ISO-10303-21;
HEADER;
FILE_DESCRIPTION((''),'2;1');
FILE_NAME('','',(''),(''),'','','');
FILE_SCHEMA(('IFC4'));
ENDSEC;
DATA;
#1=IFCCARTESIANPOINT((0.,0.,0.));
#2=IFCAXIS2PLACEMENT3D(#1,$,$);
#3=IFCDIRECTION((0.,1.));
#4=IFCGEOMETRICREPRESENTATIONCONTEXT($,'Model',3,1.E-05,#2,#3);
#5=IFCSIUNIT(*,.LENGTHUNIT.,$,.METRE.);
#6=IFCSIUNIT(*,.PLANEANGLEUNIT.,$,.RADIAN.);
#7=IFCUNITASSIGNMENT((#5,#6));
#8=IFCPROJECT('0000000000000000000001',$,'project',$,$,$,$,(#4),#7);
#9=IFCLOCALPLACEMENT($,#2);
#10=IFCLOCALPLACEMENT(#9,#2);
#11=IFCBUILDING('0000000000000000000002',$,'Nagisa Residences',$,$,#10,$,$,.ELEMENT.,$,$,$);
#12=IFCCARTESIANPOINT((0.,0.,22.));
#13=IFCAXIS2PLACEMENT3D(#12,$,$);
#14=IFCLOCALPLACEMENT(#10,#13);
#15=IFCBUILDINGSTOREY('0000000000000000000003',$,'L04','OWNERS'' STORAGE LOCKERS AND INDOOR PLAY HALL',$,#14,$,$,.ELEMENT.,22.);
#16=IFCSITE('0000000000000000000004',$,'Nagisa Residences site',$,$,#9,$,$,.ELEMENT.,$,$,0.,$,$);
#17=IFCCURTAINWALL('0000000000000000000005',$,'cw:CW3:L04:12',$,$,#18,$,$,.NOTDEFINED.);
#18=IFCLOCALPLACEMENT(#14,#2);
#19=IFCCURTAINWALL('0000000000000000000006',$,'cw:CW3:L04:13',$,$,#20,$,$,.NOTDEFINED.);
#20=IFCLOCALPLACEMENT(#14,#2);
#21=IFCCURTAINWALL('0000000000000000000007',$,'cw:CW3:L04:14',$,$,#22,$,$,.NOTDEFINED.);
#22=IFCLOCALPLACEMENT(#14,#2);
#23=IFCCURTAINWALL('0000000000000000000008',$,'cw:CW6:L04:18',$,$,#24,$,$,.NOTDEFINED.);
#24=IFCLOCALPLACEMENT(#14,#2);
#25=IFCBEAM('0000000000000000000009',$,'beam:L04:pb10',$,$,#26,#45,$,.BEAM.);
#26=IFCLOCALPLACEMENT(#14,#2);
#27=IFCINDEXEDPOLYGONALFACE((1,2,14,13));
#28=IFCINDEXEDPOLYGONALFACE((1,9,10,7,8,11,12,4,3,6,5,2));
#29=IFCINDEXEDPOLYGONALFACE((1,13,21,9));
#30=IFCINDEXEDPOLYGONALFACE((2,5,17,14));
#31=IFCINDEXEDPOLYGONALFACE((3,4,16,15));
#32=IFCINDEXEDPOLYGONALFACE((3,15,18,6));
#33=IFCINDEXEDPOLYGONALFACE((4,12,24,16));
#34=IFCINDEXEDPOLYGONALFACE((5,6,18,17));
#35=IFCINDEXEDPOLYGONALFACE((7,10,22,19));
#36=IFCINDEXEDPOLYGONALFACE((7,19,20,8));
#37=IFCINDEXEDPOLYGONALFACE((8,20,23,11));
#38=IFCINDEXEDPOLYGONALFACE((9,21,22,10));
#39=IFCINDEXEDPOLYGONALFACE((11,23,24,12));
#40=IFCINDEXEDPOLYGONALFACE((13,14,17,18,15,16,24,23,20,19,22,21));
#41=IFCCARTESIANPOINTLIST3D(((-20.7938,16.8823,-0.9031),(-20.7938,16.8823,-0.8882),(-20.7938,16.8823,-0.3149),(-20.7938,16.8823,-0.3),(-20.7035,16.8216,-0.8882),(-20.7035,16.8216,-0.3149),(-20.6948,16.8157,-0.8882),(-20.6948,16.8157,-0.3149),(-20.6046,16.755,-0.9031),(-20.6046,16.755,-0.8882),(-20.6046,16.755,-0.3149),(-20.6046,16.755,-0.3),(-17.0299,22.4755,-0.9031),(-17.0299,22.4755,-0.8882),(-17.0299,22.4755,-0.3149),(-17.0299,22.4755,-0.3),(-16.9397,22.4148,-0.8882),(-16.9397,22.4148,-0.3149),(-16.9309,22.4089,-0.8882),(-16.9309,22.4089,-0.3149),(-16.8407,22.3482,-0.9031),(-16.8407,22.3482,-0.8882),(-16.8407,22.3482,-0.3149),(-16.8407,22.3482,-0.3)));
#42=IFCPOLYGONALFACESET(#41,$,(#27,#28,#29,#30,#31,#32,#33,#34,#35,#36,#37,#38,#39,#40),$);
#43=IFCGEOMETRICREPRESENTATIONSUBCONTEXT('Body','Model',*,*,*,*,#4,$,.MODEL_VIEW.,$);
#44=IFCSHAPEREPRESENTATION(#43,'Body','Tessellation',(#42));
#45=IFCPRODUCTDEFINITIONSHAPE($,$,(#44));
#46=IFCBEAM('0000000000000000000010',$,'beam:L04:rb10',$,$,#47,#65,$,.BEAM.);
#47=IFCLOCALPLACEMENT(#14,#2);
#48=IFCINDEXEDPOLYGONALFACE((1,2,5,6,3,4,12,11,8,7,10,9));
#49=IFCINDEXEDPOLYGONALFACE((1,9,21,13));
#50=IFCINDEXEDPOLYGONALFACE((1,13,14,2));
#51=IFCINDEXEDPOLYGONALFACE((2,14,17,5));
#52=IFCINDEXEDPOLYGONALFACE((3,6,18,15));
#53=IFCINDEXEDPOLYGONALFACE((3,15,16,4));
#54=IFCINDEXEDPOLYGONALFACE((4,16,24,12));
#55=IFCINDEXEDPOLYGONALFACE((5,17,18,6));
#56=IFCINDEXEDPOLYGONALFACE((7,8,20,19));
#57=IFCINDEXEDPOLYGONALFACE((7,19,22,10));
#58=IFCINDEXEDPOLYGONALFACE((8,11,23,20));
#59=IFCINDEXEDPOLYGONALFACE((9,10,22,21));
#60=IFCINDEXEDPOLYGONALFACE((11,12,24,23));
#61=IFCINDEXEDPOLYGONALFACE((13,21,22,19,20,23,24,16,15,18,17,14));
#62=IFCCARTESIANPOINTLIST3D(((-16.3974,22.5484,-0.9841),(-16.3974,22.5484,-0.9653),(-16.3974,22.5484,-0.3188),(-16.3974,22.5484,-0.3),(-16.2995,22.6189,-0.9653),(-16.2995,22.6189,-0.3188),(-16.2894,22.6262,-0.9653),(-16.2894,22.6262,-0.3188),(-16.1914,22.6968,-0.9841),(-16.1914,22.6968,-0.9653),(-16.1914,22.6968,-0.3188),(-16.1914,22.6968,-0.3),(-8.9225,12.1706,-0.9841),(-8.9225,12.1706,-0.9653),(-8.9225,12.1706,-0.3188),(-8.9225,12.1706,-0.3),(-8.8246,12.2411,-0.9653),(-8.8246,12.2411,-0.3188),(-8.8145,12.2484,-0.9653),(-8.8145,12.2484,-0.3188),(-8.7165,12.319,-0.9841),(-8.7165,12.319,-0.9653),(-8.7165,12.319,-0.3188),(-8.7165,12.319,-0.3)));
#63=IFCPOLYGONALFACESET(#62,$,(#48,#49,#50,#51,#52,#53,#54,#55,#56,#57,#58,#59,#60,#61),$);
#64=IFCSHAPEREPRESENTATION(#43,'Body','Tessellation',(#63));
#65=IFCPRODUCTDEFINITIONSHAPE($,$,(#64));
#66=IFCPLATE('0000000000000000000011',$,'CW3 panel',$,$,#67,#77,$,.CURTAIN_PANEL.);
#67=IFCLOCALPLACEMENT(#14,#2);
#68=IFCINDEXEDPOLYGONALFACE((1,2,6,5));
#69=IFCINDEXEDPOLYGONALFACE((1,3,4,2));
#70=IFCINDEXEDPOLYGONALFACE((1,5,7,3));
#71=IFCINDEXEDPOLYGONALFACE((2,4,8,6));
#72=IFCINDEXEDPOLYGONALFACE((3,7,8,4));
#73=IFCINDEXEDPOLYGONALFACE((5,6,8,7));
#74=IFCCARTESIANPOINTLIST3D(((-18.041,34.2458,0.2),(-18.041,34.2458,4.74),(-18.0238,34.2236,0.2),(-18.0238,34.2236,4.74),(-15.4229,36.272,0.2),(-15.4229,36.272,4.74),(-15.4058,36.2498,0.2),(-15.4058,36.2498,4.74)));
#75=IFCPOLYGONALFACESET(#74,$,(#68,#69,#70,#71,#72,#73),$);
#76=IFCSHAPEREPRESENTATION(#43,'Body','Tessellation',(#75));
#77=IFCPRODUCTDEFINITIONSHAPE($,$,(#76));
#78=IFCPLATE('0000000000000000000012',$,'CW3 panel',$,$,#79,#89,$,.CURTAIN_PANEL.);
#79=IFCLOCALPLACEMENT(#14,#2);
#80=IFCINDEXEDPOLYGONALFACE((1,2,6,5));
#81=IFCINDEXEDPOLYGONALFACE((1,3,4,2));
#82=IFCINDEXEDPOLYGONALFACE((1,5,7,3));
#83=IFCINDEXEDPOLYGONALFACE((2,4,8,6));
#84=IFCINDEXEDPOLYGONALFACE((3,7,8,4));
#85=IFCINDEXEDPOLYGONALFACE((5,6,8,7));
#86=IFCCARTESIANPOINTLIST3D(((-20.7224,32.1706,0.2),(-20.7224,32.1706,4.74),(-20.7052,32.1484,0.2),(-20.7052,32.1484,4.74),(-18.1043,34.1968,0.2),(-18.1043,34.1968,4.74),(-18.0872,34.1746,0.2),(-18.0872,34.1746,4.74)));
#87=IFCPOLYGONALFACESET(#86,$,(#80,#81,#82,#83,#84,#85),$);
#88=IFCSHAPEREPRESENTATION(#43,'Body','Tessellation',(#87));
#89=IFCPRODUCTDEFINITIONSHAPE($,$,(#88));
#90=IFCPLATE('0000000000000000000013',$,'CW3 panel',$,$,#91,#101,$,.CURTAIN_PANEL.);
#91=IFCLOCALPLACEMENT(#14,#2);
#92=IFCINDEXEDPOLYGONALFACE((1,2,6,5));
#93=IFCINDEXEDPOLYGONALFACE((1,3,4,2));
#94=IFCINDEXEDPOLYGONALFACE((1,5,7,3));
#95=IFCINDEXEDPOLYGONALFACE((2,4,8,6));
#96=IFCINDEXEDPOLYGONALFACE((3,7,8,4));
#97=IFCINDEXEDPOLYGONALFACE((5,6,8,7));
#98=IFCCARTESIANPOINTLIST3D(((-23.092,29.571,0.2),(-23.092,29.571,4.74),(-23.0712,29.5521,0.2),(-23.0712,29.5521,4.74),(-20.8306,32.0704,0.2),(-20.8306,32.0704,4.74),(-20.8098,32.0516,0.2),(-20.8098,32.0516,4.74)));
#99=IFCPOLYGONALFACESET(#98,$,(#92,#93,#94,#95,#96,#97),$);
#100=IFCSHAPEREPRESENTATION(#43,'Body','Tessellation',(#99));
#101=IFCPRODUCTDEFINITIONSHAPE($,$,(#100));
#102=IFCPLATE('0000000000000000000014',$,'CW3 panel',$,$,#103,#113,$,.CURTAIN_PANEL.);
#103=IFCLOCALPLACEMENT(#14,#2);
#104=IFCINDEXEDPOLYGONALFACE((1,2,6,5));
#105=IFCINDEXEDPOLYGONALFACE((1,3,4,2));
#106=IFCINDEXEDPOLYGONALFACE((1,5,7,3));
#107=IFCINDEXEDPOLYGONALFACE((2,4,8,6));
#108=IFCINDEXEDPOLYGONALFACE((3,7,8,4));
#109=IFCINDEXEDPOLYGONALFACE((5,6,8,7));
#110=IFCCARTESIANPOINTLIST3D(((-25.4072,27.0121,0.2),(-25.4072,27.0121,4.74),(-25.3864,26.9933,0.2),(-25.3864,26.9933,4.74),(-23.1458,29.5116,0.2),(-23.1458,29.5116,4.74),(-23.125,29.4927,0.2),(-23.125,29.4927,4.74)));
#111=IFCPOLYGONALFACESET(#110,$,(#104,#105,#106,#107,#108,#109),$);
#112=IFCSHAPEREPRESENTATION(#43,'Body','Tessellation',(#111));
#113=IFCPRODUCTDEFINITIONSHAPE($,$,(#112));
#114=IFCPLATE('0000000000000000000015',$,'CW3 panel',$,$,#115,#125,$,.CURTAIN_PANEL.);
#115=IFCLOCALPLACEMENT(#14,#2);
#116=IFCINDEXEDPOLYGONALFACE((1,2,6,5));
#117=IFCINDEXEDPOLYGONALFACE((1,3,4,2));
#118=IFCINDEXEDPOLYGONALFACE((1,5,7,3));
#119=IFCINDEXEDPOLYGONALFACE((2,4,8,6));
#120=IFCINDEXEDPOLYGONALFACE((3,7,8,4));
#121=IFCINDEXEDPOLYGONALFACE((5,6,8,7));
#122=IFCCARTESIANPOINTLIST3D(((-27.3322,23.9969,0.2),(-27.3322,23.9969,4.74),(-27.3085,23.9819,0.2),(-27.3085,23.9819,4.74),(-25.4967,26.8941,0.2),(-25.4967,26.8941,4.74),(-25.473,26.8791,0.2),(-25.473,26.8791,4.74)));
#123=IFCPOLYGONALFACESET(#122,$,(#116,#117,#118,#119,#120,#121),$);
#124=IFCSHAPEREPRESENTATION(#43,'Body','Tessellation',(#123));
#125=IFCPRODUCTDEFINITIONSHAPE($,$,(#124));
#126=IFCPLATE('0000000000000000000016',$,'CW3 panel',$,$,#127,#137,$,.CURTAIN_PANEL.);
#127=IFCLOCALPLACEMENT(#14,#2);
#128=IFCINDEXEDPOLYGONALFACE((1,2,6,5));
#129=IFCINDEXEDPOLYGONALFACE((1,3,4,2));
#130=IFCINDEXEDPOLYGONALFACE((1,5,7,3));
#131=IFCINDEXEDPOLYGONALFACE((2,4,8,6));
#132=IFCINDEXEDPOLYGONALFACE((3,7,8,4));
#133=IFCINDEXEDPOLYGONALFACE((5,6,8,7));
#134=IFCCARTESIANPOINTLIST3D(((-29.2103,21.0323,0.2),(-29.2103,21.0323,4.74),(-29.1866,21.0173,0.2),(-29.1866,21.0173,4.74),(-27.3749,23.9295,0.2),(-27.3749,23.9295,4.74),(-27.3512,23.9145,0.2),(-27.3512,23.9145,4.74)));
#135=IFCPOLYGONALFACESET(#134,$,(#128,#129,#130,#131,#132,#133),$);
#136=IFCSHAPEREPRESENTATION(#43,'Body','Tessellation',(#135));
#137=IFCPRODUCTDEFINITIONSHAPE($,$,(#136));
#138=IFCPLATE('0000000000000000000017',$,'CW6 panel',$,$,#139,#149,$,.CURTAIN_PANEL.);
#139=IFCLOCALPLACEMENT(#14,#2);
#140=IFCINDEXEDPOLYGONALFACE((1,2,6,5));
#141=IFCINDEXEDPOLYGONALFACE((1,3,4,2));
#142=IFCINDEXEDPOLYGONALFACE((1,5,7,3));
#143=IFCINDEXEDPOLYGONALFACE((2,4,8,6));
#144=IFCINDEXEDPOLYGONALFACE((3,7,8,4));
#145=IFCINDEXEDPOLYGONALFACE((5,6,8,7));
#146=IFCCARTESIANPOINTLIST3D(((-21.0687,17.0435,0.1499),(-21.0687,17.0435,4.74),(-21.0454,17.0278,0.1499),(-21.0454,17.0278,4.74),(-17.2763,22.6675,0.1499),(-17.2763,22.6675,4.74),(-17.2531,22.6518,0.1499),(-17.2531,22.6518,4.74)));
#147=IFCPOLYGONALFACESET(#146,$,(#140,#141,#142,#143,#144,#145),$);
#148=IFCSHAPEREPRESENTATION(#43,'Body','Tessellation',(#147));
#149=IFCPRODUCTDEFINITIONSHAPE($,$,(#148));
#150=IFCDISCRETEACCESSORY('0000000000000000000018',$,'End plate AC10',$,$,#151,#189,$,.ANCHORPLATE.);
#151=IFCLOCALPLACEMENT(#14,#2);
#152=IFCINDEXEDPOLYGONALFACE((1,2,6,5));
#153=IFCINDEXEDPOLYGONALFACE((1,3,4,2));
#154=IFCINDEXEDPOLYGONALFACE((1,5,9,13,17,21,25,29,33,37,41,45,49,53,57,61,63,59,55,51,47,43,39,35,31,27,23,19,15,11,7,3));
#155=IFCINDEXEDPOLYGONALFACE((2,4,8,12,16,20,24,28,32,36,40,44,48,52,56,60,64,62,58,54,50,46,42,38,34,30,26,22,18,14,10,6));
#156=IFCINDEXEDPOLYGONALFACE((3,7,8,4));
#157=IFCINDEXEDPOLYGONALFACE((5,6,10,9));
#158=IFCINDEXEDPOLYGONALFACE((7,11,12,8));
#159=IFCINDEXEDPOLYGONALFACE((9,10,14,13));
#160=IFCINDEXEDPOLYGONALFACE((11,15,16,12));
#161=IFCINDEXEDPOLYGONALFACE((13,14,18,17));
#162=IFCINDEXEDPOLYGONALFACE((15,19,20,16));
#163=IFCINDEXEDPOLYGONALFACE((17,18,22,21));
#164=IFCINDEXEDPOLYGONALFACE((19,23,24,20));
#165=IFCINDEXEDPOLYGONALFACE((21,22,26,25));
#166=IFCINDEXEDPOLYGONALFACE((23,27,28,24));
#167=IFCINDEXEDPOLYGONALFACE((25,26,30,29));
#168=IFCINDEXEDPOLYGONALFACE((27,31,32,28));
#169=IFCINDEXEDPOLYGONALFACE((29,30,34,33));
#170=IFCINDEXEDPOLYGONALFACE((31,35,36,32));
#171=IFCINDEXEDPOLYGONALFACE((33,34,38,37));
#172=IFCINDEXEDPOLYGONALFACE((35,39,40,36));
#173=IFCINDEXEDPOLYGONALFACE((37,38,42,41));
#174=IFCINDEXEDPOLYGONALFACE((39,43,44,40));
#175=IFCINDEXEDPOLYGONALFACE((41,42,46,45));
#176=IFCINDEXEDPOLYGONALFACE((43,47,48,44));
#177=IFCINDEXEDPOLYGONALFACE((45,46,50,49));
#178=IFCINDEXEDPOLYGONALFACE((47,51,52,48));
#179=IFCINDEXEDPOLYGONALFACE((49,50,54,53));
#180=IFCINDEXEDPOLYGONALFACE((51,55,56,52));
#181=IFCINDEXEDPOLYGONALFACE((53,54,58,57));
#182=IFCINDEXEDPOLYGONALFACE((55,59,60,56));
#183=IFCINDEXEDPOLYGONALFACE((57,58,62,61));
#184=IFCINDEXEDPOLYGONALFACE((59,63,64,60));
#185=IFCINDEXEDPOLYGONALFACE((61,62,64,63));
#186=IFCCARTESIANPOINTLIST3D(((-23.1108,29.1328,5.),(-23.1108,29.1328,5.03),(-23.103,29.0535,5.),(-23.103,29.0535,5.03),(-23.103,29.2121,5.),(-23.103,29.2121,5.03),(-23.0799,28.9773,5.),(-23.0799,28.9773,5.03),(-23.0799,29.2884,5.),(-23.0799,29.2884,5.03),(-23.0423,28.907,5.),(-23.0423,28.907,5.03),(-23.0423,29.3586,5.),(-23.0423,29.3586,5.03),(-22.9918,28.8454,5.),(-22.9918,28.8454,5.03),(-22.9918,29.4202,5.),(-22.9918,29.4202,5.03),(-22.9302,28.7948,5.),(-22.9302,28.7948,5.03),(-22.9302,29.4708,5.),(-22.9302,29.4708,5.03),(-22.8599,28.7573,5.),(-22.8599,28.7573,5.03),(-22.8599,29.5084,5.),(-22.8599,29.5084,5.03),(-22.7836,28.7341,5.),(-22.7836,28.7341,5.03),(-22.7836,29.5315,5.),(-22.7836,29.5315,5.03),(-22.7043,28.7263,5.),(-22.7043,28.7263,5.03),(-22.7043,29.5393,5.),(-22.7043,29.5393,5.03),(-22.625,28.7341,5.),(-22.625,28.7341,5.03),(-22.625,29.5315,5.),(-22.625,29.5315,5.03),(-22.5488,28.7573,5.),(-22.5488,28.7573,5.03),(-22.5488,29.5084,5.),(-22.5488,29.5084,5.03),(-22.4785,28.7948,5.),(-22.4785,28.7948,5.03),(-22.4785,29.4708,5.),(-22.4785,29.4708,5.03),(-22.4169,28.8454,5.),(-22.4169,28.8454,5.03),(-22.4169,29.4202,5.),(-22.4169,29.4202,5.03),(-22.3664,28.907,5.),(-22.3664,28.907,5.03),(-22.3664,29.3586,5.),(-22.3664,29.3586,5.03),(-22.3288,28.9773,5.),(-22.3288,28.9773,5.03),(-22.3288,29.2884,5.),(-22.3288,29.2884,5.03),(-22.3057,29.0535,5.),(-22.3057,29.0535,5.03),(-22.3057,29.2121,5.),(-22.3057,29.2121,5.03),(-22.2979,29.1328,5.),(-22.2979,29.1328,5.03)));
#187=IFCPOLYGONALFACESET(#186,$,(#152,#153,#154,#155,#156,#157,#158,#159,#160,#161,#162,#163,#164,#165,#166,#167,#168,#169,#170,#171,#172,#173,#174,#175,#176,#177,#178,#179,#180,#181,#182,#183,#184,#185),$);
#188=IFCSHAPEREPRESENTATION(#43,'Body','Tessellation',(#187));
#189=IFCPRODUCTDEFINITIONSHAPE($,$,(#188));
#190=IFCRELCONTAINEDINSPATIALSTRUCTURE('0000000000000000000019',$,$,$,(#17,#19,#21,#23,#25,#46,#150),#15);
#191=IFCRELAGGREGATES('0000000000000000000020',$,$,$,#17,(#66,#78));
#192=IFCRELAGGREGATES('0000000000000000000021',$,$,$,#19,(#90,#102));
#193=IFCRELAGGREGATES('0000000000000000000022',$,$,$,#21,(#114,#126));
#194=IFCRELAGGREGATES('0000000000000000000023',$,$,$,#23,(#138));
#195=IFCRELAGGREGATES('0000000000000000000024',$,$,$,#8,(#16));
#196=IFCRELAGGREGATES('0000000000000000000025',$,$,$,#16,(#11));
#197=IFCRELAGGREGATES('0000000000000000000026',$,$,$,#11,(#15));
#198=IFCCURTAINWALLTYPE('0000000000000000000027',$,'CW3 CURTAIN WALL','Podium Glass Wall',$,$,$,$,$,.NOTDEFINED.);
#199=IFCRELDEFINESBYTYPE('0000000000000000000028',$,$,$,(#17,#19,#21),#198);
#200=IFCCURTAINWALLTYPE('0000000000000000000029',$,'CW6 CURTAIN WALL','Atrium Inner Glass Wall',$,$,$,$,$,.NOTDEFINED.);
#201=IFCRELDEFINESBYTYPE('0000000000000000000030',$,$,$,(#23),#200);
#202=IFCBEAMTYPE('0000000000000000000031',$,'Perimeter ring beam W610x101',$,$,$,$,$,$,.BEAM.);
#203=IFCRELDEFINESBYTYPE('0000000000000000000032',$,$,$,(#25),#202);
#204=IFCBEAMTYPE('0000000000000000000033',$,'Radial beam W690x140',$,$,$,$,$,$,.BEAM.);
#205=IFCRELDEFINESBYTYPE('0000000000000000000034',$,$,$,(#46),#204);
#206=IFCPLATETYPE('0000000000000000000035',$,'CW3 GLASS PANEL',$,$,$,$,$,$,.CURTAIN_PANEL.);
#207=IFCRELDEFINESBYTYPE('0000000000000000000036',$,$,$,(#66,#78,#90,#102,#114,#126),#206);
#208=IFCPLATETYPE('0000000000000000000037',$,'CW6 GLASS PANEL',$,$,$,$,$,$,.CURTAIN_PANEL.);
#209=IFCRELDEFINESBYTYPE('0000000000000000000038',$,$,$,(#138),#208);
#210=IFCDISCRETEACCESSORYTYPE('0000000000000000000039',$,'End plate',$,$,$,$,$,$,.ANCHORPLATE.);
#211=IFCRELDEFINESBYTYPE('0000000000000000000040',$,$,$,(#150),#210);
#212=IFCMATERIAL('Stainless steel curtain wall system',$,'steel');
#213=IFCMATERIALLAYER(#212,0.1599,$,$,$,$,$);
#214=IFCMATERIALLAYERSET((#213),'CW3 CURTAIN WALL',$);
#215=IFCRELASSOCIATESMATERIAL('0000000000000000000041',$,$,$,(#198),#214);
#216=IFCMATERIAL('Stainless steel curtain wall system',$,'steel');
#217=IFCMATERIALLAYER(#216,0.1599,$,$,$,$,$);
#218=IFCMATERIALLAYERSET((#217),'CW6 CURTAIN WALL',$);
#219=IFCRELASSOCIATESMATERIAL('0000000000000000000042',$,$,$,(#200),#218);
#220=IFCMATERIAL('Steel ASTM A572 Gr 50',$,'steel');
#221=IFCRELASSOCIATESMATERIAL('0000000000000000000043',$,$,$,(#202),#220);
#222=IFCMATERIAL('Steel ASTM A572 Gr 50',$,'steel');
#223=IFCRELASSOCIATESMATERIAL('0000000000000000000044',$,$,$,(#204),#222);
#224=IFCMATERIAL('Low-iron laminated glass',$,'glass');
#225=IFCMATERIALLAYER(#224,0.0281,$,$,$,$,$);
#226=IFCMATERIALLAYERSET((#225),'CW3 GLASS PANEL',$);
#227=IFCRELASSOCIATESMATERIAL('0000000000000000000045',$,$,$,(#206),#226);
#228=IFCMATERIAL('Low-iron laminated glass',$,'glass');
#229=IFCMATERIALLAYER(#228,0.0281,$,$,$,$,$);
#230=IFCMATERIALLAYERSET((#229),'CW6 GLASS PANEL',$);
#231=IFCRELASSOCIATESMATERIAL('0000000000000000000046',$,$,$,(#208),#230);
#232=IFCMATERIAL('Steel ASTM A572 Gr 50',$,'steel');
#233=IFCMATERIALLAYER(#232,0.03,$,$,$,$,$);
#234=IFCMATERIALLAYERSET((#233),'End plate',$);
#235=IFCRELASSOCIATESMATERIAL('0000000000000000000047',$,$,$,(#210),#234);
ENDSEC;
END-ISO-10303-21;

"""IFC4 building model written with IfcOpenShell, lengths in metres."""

from ifc_helpers import new_model, si_unit, direction, frame, origin, origin_2d, place, context, subcontext, project, spatial, rectangle, circle, i_section, extrude, material, layer, layer_set, material_profile, profile_set, type_object, element, aggregate, save


model = new_model("IFC4")

# Units and contexts
model_context = context("Model", 3, precision=1e-05, world=origin(), true_north=direction((0.0, 1.0)))
body_context = subcontext(model_context, "Body", "Model", "MODEL_VIEW")
ifc_project = project(units=[si_unit("LENGTHUNIT", "METRE"), si_unit("PLANEANGLEUNIT", "RADIAN")], contexts=[model_context])

# Site, building, storey
site_placement = place(None, origin())
site = spatial("IfcSite", under=ifc_project, at=site_placement, Name="Nagisa Residences site", CompositionType="ELEMENT", RefElevation=0.0)
building_placement = place(site_placement, origin())
building = spatial("IfcBuilding", under=site, at=building_placement, Name="Nagisa Residences", CompositionType="ELEMENT")
storey_placement = place(building_placement, frame((0.0, 0.0, 22.0)))
storey = spatial("IfcBuildingStorey", under=building, at=storey_placement, Name="L04", Description="OWNERS' STORAGE LOCKERS AND INDOOR PLAY HALL", CompositionType="ELEMENT", Elevation=22.0)

# Shared definitions
ifc_material_1 = material(Name="Stainless steel curtain wall system", Category="steel")
ifc_layer_1 = layer(ifc_material_1, 0.1599)
ifc_layer_set_1 = layer_set([ifc_layer_1], Name="CW3 CURTAIN WALL")
curtain_wall_type_1 = type_object("IfcCurtainWallType", Name="CW3 CURTAIN WALL", Description="Podium Glass Wall", PredefinedType="NOTDEFINED", material=ifc_layer_set_1)

# Curtain walls
curtain_wall_1_placement = place(storey_placement, origin())
curtain_wall_1 = element("IfcCurtainWall", 1, at=curtain_wall_1_placement, inside=storey, type_object=curtain_wall_type_1, Name="cw:CW3:L04:12", PredefinedType="NOTDEFINED")
curtain_wall_2_placement = place(storey_placement, origin())
curtain_wall_2 = element("IfcCurtainWall", 2, at=curtain_wall_2_placement, inside=storey, type_object=curtain_wall_type_1, Name="cw:CW3:L04:13", PredefinedType="NOTDEFINED")
curtain_wall_3_placement = place(storey_placement, origin())
curtain_wall_3 = element("IfcCurtainWall", 3, at=curtain_wall_3_placement, inside=storey, type_object=curtain_wall_type_1, Name="cw:CW3:L04:14", PredefinedType="NOTDEFINED")

# Curtain wall
ifc_material_2 = material(Name="Stainless steel curtain wall system", Category="steel")
ifc_layer_2 = layer(ifc_material_2, 0.1599)
ifc_layer_set_2 = layer_set([ifc_layer_2], Name="CW6 CURTAIN WALL")
curtain_wall_type_2 = type_object("IfcCurtainWallType", Name="CW6 CURTAIN WALL", Description="Atrium Inner Glass Wall", PredefinedType="NOTDEFINED", material=ifc_layer_set_2)
curtain_wall_4_placement = place(storey_placement, origin())
curtain_wall_4 = element("IfcCurtainWall", 4, at=curtain_wall_4_placement, inside=storey, type_object=curtain_wall_type_2, Name="cw:CW6:L04:18", PredefinedType="NOTDEFINED")

# Beams
ifc_material_3 = material(Name="Steel ASTM A572 Gr 50", Category="steel")
ifc_material_profile_1 = material_profile(ifc_material_3, i_section(OverallWidth=0.228, OverallDepth=0.603, WebThickness=0.0105, FlangeThickness=0.0149, at=origin_2d()), Name="W610x101")
ifc_profile_set_1 = profile_set([ifc_material_profile_1], Name="Steel ASTM A572 Gr 50")
beam_type_1 = type_object("IfcBeamType", Name="Perimeter ring beam W610x101", PredefinedType="BEAM", material=ifc_profile_set_1)
beam_1_placement = place(storey_placement, frame((-16.9353, 22.4119, -0.6016), z_axis=(-0.558297, -0.829641, 0.0), x_axis=(0.829641, -0.558297, 0.0)))
element("IfcBeam", 5, at=beam_1_placement, inside=storey, type_object=beam_type_1, Name="beam:L04:pb10", PredefinedType="BEAM", context=body_context, shape_type="SweptSolid", body=[
    extrude(i_section(OverallWidth=0.228, OverallDepth=0.603, WebThickness=0.0105, FlangeThickness=0.0149, at=origin_2d()), origin(), (0.0, 0.0, 1.0), 6.7417),
])
ifc_material_4 = material(Name="Steel ASTM A572 Gr 50", Category="steel")
ifc_material_profile_2 = material_profile(ifc_material_4, i_section(OverallWidth=0.2539, OverallDepth=0.6841, WebThickness=0.0125, FlangeThickness=0.0188, at=origin_2d()), Name="W690x140")
ifc_profile_set_2 = profile_set([ifc_material_profile_2], Name="Steel ASTM A572 Gr 50")
beam_type_2 = type_object("IfcBeamType", Name="Radial beam W690x140", PredefinedType="BEAM", material=ifc_profile_set_2)
beam_2_placement = place(storey_placement, frame((-16.2944, 22.6226, -0.6421), z_axis=(0.584455, -0.811426, 0.0), x_axis=(0.811426, 0.584455, 0.0)))
element("IfcBeam", 6, at=beam_2_placement, inside=storey, type_object=beam_type_2, Name="beam:L04:rb10", PredefinedType="BEAM", context=body_context, shape_type="SweptSolid", body=[
    extrude(i_section(OverallWidth=0.2539, OverallDepth=0.6841, WebThickness=0.0125, FlangeThickness=0.0188, at=origin_2d()), origin(), (0.0, 0.0, 1.0), 12.7896),
])

# Plates
ifc_material_5 = material(Name="Low-iron laminated glass", Category="glass")
ifc_layer_3 = layer(ifc_material_5, 0.0281)
ifc_layer_set_3 = layer_set([ifc_layer_3], Name="CW3 GLASS PANEL")
plate_type_1 = type_object("IfcPlateType", Name="CW3 GLASS PANEL", PredefinedType="CURTAIN_PANEL", material=ifc_layer_set_3)
plate_1_placement = place(storey_placement, frame((-16.7234, 35.2478, 0.2), z_axis=(0.0, 0.0, 1.0), x_axis=(-0.790831, -0.612035, 0.0)))
plate_1 = element("IfcPlate", 7, at=plate_1_placement, type_object=plate_type_1, Name="CW3 panel", PredefinedType="CURTAIN_PANEL", context=body_context, shape_type="SweptSolid", body=[
    extrude(rectangle(XDim=3.3105, YDim=0.0281, at=origin_2d()), origin(), (0.0, 0.0, 1.0), 4.54),
])
plate_2_placement = place(storey_placement, frame((-19.4048, 33.1726, 0.2), z_axis=(0.0, 0.0, 1.0), x_axis=(-0.790831, -0.612035, 0.0)))
plate_2 = element("IfcPlate", 8, at=plate_2_placement, type_object=plate_type_1, Name="CW3 panel", PredefinedType="CURTAIN_PANEL", context=body_context, shape_type="SweptSolid", body=[
    extrude(rectangle(XDim=3.3105, YDim=0.0281, at=origin_2d()), origin(), (0.0, 0.0, 1.0), 4.54),
])
aggregate(curtain_wall_1, [plate_1, plate_2])
plate_3_placement = place(storey_placement, frame((-21.9509, 30.8113, 0.2), z_axis=(0.0, 0.0, 1.0), x_axis=(-0.670913, -0.741536, 0.0)))
plate_3 = element("IfcPlate", 9, at=plate_3_placement, type_object=plate_type_1, Name="CW3 panel", PredefinedType="CURTAIN_PANEL", context=body_context, shape_type="SweptSolid", body=[
    extrude(rectangle(XDim=3.3706, YDim=0.0281, at=origin_2d()), origin(), (0.0, 0.0, 1.0), 4.54),
])
plate_4_placement = place(storey_placement, frame((-24.2661, 28.2524, 0.2), z_axis=(0.0, 0.0, 1.0), x_axis=(-0.670913, -0.741536, 0.0)))
plate_4 = element("IfcPlate", 10, at=plate_4_placement, type_object=plate_type_1, Name="CW3 panel", PredefinedType="CURTAIN_PANEL", context=body_context, shape_type="SweptSolid", body=[
    extrude(rectangle(XDim=3.3706, YDim=0.0281, at=origin_2d()), origin(), (0.0, 0.0, 1.0), 4.54),
])
aggregate(curtain_wall_2, [plate_3, plate_4])
plate_5_placement = place(storey_placement, frame((-26.4026, 25.438, 0.2), z_axis=(0.0, 0.0, 1.0), x_axis=(-0.535165, -0.844747, 0.0)))
plate_5 = element("IfcPlate", 11, at=plate_5_placement, type_object=plate_type_1, Name="CW3 panel", PredefinedType="CURTAIN_PANEL", context=body_context, shape_type="SweptSolid", body=[
    extrude(rectangle(XDim=3.4297, YDim=0.0281, at=origin_2d()), origin(), (0.0, 0.0, 1.0), 4.54),
])
plate_6_placement = place(storey_placement, frame((-28.2808, 22.4734, 0.2), z_axis=(0.0, 0.0, 1.0), x_axis=(-0.535165, -0.844747, 0.0)))
plate_6 = element("IfcPlate", 12, at=plate_6_placement, type_object=plate_type_1, Name="CW3 panel", PredefinedType="CURTAIN_PANEL", context=body_context, shape_type="SweptSolid", body=[
    extrude(rectangle(XDim=3.4297, YDim=0.0281, at=origin_2d()), origin(), (0.0, 0.0, 1.0), 4.54),
])
aggregate(curtain_wall_3, [plate_5, plate_6])
ifc_material_6 = material(Name="Low-iron laminated glass", Category="glass")
ifc_layer_4 = layer(ifc_material_6, 0.0281)
ifc_layer_set_4 = layer_set([ifc_layer_4], Name="CW6 GLASS PANEL")
plate_type_2 = type_object("IfcPlateType", Name="CW6 GLASS PANEL", PredefinedType="CURTAIN_PANEL", material=ifc_layer_set_4)
plate_7_placement = place(storey_placement, frame((-19.1609, 19.8477, 0.1499), z_axis=(0.0, 0.0, 1.0), x_axis=(-0.559084, -0.829111, 0.0)))
plate_7 = element("IfcPlate", 13, at=plate_7_placement, type_object=plate_type_2, Name="CW6 panel", PredefinedType="CURTAIN_PANEL", context=body_context, shape_type="SweptSolid", body=[
    extrude(rectangle(XDim=6.7832, YDim=0.0281, at=origin_2d()), origin(), (0.0, 0.0, 1.0), 4.5901),
])
aggregate(curtain_wall_4, [plate_7])

# Discrete accessory
ifc_material_7 = material(Name="Steel ASTM A572 Gr 50", Category="steel")
ifc_layer_5 = layer(ifc_material_7, 0.03)
ifc_layer_set_5 = layer_set([ifc_layer_5], Name="End plate")
discrete_accessory_type_1 = type_object("IfcDiscreteAccessoryType", Name="End plate", PredefinedType="ANCHORPLATE", material=ifc_layer_set_5)
for number, where, z_axis, x_axis, name in (
    (14, (-22.7043, 29.1328, 5.0), (0.0, 0.0, 1.0), (1.0, 0.0, 0.0), "End plate AC10"),
):
    element("IfcDiscreteAccessory", number, at=place(storey_placement, frame(where, z_axis=z_axis, x_axis=x_axis)), inside=storey, type_object=discrete_accessory_type_1, Name=name, PredefinedType="ANCHORPLATE", context=body_context, shape_type="SweptSolid", body=[
        extrude(circle(Radius=0.4065, at=origin_2d()), origin(), (0.0, 0.0, 1.0), 0.03),
    ])

save(model, "model.ifc")
